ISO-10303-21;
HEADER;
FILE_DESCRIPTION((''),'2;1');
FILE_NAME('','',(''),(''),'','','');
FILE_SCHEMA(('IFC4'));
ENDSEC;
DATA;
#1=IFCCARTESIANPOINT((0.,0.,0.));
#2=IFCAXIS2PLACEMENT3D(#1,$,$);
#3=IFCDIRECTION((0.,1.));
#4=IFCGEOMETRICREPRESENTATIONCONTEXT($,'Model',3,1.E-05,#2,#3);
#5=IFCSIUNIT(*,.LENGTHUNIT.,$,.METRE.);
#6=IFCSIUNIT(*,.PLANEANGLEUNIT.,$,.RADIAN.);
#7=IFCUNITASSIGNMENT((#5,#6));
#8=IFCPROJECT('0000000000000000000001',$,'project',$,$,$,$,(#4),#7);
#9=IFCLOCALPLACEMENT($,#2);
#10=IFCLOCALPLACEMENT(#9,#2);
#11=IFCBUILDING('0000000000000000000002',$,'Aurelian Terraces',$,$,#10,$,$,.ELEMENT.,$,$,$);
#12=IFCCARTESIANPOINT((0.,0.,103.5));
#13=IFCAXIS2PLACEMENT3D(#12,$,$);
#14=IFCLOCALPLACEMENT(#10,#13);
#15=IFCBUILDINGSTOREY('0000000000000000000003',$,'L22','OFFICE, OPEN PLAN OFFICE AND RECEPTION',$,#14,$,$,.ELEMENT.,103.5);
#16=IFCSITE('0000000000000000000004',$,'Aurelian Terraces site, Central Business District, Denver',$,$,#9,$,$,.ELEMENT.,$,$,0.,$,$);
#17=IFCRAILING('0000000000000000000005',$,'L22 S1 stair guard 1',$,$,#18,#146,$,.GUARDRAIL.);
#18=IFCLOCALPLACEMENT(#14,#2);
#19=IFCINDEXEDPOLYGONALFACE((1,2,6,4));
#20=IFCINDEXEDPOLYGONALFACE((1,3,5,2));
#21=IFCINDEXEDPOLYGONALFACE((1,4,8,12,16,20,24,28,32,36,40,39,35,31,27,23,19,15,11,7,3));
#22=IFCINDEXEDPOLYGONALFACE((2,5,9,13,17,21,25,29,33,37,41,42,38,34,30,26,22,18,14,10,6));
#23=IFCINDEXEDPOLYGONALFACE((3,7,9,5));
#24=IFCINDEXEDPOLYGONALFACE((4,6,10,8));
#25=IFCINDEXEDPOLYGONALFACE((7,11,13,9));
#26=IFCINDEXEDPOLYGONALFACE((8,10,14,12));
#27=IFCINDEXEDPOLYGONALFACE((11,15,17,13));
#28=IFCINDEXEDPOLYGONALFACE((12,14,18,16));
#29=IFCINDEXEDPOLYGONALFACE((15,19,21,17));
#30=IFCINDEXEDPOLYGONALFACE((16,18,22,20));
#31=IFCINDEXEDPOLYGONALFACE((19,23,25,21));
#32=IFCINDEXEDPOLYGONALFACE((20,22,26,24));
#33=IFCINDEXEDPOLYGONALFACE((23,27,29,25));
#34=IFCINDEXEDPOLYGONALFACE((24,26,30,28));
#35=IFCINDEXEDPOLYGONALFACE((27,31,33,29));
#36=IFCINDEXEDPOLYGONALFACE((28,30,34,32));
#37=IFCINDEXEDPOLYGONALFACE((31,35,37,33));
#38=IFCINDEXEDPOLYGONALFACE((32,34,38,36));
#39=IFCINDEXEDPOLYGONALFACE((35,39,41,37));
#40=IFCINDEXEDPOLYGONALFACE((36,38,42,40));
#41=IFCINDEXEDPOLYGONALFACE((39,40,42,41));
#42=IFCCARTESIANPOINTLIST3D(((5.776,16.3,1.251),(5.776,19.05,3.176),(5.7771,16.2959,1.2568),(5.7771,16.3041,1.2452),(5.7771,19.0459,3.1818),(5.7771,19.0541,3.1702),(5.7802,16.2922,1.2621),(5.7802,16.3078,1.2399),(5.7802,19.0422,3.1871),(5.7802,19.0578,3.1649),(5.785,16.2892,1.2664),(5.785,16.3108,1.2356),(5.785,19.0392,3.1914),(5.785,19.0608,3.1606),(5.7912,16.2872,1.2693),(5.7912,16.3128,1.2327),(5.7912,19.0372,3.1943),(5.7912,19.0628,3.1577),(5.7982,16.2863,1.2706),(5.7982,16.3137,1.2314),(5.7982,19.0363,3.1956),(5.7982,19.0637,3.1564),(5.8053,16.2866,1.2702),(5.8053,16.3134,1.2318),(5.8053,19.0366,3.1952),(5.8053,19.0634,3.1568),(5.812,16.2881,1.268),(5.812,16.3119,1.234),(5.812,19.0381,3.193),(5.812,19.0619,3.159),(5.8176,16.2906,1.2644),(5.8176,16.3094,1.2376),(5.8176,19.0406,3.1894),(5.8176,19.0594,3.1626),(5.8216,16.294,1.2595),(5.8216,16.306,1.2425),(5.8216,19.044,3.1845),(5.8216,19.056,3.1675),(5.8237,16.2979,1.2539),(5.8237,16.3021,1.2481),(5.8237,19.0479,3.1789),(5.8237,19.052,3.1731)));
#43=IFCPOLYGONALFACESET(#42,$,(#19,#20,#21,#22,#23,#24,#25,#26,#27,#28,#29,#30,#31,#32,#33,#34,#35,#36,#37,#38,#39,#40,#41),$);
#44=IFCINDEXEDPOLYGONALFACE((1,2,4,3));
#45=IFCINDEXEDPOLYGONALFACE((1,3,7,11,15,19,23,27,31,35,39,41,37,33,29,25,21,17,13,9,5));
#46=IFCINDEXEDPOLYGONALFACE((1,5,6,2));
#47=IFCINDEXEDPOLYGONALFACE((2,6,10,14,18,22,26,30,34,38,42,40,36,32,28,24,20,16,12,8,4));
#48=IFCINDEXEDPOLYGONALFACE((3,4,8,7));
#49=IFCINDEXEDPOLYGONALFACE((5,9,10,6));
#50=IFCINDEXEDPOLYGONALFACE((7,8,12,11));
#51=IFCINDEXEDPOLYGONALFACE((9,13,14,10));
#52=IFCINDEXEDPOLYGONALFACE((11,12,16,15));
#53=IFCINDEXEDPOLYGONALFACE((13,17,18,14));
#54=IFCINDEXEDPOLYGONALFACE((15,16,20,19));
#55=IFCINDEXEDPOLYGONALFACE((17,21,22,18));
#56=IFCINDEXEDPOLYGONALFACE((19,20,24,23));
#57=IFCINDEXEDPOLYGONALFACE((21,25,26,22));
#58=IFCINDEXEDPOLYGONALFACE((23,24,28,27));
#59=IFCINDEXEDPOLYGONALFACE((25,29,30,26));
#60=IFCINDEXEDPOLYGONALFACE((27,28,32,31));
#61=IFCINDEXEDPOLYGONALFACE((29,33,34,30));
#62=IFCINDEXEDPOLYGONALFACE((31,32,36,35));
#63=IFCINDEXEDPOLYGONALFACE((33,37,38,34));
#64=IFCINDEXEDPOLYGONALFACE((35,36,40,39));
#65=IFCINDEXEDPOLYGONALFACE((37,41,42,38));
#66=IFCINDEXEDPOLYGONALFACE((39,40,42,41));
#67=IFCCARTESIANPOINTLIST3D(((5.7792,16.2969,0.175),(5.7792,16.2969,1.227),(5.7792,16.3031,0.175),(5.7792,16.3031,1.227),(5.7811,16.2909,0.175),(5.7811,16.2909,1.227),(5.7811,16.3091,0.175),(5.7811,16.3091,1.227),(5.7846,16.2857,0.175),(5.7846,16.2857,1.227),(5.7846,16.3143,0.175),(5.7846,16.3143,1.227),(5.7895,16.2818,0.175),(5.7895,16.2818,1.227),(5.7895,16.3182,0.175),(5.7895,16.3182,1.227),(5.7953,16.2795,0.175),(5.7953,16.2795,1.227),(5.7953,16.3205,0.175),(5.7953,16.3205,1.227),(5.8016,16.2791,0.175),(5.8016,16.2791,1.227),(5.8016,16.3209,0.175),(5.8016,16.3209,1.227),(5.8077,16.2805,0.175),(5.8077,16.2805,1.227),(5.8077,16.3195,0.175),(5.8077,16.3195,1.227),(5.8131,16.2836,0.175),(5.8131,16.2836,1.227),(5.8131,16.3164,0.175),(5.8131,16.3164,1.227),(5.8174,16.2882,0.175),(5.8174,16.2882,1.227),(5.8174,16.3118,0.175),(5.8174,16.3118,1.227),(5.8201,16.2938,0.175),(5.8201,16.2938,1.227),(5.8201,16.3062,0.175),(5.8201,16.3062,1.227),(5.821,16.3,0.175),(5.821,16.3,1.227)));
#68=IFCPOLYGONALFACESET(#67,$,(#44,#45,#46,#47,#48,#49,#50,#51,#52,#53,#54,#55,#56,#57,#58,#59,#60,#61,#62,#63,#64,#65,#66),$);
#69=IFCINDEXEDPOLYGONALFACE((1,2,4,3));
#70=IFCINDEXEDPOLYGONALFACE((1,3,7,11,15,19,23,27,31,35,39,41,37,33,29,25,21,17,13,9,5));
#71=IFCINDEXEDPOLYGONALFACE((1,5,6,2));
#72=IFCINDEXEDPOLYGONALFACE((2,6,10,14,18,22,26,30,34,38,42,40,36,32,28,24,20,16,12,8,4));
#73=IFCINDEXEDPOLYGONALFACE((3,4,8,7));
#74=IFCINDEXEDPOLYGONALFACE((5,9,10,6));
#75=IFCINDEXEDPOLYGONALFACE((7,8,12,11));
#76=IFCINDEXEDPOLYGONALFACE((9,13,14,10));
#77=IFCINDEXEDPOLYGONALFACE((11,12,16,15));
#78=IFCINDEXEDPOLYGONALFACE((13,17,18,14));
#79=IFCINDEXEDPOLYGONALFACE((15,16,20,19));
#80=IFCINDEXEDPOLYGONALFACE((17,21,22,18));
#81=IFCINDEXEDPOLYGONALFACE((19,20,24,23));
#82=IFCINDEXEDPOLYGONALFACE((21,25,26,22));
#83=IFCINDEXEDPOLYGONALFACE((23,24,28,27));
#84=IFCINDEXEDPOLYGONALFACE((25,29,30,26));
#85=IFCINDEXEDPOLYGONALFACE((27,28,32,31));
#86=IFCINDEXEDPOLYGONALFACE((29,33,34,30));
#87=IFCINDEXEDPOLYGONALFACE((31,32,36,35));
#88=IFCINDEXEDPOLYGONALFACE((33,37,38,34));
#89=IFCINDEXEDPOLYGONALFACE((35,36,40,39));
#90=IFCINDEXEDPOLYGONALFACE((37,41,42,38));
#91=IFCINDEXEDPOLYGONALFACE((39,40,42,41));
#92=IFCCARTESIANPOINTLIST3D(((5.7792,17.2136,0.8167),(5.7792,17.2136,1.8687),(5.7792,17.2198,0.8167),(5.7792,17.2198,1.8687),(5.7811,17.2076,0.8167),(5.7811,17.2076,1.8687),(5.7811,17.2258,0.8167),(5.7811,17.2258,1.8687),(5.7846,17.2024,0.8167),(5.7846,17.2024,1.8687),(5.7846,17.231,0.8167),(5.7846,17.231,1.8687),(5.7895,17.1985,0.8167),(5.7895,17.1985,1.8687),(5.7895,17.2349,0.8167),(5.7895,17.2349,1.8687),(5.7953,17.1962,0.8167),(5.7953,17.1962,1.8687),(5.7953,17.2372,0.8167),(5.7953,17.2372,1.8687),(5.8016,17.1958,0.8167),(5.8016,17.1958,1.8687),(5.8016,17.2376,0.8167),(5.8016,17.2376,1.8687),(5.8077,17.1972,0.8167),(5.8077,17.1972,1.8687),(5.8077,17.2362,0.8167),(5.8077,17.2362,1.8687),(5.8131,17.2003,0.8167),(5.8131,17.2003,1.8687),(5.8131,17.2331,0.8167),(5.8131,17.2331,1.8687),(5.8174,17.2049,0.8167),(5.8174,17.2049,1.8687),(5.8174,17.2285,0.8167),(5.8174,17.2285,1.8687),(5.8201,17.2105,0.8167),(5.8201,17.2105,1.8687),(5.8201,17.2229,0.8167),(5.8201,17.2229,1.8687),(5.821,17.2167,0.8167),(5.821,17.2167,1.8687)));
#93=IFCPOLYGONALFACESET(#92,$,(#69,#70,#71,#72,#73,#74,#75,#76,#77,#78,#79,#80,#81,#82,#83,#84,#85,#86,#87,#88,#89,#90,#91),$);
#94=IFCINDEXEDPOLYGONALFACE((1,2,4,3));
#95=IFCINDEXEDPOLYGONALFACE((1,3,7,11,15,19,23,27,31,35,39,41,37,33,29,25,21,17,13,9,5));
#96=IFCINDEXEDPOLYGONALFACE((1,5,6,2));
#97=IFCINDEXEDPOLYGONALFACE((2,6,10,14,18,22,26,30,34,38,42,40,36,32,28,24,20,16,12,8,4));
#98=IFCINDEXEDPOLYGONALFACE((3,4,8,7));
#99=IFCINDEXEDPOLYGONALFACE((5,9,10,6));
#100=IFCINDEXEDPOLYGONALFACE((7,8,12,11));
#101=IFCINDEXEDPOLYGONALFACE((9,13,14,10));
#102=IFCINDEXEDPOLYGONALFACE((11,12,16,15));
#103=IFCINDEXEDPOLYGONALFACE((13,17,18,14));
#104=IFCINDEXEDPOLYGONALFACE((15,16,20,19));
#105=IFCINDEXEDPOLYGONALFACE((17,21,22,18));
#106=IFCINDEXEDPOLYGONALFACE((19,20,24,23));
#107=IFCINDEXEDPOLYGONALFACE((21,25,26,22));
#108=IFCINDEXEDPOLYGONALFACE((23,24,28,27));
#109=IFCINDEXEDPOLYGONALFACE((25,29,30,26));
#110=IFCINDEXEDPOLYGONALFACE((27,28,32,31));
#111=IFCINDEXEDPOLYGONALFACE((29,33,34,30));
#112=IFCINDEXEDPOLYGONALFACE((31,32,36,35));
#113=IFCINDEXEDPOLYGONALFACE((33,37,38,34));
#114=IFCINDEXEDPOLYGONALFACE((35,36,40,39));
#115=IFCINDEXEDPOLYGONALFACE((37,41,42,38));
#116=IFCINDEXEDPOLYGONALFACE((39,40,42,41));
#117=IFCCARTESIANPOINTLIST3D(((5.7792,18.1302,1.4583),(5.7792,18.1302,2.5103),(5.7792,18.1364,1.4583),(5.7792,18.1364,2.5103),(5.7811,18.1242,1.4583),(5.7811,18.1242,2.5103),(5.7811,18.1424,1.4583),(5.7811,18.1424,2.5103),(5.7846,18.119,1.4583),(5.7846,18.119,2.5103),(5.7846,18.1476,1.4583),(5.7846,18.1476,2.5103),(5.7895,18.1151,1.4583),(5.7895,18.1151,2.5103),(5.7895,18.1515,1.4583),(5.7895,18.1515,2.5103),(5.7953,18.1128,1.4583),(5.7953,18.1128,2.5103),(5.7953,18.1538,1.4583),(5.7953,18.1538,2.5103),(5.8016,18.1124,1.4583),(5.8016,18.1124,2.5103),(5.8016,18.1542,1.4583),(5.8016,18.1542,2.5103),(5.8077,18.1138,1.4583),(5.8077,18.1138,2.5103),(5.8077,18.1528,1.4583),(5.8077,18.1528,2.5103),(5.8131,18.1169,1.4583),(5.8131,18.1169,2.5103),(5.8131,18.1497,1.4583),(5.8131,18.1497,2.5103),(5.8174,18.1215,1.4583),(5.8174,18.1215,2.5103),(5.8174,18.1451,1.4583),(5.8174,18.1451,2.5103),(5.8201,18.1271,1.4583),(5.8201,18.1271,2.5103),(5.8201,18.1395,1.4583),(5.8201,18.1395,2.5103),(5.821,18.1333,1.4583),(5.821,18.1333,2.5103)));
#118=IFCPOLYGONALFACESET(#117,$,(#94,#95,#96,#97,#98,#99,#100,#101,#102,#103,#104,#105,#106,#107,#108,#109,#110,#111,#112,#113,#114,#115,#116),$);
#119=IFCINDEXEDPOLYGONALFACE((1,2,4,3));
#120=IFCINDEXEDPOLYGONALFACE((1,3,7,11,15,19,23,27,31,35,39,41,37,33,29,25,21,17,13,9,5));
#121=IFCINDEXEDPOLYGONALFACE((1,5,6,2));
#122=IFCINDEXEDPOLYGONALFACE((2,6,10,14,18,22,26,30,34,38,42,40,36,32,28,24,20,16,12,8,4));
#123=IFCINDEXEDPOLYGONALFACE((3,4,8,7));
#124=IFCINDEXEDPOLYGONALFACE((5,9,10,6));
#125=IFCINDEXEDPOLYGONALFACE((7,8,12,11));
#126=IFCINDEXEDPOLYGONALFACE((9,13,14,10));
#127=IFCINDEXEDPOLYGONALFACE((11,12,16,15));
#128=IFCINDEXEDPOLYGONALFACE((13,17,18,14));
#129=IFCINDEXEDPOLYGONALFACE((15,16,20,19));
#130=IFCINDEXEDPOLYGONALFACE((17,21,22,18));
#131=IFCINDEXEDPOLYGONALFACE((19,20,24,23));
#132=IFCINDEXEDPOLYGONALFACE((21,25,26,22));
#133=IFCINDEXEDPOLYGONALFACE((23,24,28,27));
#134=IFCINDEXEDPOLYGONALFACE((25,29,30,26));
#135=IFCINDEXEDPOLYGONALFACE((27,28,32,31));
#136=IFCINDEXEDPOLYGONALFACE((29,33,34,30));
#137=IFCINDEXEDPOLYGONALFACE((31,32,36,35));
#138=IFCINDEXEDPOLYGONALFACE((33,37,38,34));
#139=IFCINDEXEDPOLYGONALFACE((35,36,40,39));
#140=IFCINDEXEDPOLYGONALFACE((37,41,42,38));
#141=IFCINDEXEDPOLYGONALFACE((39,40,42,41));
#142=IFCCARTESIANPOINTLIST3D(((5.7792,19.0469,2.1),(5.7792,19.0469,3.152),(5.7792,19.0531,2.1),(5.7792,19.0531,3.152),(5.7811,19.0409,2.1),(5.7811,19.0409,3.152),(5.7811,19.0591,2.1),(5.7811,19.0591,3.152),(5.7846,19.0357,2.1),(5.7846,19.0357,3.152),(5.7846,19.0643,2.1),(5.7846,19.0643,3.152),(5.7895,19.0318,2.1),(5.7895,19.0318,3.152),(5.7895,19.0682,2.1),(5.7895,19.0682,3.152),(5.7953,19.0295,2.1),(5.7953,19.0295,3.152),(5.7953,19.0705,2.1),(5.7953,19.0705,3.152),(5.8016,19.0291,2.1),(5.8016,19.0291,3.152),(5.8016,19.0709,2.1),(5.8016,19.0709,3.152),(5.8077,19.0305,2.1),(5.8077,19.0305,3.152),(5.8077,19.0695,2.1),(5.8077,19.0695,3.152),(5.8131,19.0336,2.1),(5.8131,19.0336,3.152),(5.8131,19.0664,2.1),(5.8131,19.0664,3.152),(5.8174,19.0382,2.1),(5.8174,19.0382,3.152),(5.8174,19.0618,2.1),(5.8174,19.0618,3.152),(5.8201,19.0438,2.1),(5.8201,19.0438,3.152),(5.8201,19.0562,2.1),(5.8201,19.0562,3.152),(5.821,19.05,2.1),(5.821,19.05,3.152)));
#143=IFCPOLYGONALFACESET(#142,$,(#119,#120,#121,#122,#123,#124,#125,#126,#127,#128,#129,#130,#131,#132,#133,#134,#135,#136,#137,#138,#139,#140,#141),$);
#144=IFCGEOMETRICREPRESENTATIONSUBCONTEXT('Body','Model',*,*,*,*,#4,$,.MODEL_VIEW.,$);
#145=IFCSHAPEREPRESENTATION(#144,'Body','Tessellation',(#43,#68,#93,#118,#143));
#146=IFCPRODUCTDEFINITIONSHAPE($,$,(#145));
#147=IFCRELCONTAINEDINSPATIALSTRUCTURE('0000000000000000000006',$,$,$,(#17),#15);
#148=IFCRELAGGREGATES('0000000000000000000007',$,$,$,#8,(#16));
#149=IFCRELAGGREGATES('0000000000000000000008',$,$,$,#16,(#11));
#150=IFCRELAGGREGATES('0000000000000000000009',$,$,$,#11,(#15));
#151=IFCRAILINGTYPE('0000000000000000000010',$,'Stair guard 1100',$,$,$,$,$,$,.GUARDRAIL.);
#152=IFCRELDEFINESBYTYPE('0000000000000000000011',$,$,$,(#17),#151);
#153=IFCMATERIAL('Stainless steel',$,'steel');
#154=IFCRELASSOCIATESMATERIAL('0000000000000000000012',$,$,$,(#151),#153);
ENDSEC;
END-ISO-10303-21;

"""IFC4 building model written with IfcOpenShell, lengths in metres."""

from ifc_helpers import new_model, si_unit, direction, frame, origin, origin_2d, place, context, subcontext, project, spatial, circle, extrude, source, transform, mapped, material, type_object, element, save


model = new_model("IFC4")

# Units and contexts
model_context = context("Model", 3, precision=1e-05, world=origin(), true_north=direction((0.0, 1.0)))
body_context = subcontext(model_context, "Body", "Model", "MODEL_VIEW")
ifc_project = project(units=[si_unit("LENGTHUNIT", "METRE"), si_unit("PLANEANGLEUNIT", "RADIAN")], contexts=[model_context])

# Site, building, storey
site_placement = place(None, origin())
site = spatial("IfcSite", under=ifc_project, at=site_placement, Name="Aurelian Terraces site, Central Business District, Denver", CompositionType="ELEMENT", RefElevation=0.0)
building_placement = place(site_placement, origin())
building = spatial("IfcBuilding", under=site, at=building_placement, Name="Aurelian Terraces", CompositionType="ELEMENT")
storey_placement = place(building_placement, frame((0.0, 0.0, 103.5)))
storey = spatial("IfcBuildingStorey", under=building, at=storey_placement, Name="L22", Description="OFFICE, OPEN PLAN OFFICE AND RECEPTION", CompositionType="ELEMENT", Elevation=103.5)

# Railing
ifc_material_1 = material(Name="Stainless steel", Category="steel")
railing_type_1 = type_object("IfcRailingType", Name="Stair guard 1100", PredefinedType="GUARDRAIL", material=ifc_material_1)
shared_shape_1 = source(origin(), body_context, "Body", "SweptSolid", [
    extrude(circle(Radius=0.024, at=origin_2d()), frame((0.0, 0.0, 1.076), z_axis=(0.0, 0.819232, 0.573462), x_axis=(-1.0, 0.0, 0.0)), (0.0, 0.0, 1.0), 3.3568),
    extrude(circle(Radius=0.021, at=origin_2d()), origin(), (0.0, 0.0, 1.0), 1.052),
    extrude(circle(Radius=0.021, at=origin_2d()), frame((0.0, 0.9167, 0.6417)), (0.0, 0.0, 1.0), 1.052),
    extrude(circle(Radius=0.021, at=origin_2d()), frame((0.0, 1.8333, 1.2833)), (0.0, 0.0, 1.0), 1.052),
    extrude(circle(Radius=0.021, at=origin_2d()), frame((0.0, 2.75, 1.925)), (0.0, 0.0, 1.0), 1.052),
])
railing_1_placement = place(storey_placement, frame((5.8, 16.3, 0.175)))
element("IfcRailing", 1, at=railing_1_placement, inside=storey, type_object=railing_type_1, Name="L22 S1 stair guard 1", PredefinedType="GUARDRAIL", context=body_context, shape_type="MappedRepresentation", body=[
    mapped(shared_shape_1, transform((0.0, 0.0, 0.0), scale=1.0)),
])

save(model, "model.ifc")
